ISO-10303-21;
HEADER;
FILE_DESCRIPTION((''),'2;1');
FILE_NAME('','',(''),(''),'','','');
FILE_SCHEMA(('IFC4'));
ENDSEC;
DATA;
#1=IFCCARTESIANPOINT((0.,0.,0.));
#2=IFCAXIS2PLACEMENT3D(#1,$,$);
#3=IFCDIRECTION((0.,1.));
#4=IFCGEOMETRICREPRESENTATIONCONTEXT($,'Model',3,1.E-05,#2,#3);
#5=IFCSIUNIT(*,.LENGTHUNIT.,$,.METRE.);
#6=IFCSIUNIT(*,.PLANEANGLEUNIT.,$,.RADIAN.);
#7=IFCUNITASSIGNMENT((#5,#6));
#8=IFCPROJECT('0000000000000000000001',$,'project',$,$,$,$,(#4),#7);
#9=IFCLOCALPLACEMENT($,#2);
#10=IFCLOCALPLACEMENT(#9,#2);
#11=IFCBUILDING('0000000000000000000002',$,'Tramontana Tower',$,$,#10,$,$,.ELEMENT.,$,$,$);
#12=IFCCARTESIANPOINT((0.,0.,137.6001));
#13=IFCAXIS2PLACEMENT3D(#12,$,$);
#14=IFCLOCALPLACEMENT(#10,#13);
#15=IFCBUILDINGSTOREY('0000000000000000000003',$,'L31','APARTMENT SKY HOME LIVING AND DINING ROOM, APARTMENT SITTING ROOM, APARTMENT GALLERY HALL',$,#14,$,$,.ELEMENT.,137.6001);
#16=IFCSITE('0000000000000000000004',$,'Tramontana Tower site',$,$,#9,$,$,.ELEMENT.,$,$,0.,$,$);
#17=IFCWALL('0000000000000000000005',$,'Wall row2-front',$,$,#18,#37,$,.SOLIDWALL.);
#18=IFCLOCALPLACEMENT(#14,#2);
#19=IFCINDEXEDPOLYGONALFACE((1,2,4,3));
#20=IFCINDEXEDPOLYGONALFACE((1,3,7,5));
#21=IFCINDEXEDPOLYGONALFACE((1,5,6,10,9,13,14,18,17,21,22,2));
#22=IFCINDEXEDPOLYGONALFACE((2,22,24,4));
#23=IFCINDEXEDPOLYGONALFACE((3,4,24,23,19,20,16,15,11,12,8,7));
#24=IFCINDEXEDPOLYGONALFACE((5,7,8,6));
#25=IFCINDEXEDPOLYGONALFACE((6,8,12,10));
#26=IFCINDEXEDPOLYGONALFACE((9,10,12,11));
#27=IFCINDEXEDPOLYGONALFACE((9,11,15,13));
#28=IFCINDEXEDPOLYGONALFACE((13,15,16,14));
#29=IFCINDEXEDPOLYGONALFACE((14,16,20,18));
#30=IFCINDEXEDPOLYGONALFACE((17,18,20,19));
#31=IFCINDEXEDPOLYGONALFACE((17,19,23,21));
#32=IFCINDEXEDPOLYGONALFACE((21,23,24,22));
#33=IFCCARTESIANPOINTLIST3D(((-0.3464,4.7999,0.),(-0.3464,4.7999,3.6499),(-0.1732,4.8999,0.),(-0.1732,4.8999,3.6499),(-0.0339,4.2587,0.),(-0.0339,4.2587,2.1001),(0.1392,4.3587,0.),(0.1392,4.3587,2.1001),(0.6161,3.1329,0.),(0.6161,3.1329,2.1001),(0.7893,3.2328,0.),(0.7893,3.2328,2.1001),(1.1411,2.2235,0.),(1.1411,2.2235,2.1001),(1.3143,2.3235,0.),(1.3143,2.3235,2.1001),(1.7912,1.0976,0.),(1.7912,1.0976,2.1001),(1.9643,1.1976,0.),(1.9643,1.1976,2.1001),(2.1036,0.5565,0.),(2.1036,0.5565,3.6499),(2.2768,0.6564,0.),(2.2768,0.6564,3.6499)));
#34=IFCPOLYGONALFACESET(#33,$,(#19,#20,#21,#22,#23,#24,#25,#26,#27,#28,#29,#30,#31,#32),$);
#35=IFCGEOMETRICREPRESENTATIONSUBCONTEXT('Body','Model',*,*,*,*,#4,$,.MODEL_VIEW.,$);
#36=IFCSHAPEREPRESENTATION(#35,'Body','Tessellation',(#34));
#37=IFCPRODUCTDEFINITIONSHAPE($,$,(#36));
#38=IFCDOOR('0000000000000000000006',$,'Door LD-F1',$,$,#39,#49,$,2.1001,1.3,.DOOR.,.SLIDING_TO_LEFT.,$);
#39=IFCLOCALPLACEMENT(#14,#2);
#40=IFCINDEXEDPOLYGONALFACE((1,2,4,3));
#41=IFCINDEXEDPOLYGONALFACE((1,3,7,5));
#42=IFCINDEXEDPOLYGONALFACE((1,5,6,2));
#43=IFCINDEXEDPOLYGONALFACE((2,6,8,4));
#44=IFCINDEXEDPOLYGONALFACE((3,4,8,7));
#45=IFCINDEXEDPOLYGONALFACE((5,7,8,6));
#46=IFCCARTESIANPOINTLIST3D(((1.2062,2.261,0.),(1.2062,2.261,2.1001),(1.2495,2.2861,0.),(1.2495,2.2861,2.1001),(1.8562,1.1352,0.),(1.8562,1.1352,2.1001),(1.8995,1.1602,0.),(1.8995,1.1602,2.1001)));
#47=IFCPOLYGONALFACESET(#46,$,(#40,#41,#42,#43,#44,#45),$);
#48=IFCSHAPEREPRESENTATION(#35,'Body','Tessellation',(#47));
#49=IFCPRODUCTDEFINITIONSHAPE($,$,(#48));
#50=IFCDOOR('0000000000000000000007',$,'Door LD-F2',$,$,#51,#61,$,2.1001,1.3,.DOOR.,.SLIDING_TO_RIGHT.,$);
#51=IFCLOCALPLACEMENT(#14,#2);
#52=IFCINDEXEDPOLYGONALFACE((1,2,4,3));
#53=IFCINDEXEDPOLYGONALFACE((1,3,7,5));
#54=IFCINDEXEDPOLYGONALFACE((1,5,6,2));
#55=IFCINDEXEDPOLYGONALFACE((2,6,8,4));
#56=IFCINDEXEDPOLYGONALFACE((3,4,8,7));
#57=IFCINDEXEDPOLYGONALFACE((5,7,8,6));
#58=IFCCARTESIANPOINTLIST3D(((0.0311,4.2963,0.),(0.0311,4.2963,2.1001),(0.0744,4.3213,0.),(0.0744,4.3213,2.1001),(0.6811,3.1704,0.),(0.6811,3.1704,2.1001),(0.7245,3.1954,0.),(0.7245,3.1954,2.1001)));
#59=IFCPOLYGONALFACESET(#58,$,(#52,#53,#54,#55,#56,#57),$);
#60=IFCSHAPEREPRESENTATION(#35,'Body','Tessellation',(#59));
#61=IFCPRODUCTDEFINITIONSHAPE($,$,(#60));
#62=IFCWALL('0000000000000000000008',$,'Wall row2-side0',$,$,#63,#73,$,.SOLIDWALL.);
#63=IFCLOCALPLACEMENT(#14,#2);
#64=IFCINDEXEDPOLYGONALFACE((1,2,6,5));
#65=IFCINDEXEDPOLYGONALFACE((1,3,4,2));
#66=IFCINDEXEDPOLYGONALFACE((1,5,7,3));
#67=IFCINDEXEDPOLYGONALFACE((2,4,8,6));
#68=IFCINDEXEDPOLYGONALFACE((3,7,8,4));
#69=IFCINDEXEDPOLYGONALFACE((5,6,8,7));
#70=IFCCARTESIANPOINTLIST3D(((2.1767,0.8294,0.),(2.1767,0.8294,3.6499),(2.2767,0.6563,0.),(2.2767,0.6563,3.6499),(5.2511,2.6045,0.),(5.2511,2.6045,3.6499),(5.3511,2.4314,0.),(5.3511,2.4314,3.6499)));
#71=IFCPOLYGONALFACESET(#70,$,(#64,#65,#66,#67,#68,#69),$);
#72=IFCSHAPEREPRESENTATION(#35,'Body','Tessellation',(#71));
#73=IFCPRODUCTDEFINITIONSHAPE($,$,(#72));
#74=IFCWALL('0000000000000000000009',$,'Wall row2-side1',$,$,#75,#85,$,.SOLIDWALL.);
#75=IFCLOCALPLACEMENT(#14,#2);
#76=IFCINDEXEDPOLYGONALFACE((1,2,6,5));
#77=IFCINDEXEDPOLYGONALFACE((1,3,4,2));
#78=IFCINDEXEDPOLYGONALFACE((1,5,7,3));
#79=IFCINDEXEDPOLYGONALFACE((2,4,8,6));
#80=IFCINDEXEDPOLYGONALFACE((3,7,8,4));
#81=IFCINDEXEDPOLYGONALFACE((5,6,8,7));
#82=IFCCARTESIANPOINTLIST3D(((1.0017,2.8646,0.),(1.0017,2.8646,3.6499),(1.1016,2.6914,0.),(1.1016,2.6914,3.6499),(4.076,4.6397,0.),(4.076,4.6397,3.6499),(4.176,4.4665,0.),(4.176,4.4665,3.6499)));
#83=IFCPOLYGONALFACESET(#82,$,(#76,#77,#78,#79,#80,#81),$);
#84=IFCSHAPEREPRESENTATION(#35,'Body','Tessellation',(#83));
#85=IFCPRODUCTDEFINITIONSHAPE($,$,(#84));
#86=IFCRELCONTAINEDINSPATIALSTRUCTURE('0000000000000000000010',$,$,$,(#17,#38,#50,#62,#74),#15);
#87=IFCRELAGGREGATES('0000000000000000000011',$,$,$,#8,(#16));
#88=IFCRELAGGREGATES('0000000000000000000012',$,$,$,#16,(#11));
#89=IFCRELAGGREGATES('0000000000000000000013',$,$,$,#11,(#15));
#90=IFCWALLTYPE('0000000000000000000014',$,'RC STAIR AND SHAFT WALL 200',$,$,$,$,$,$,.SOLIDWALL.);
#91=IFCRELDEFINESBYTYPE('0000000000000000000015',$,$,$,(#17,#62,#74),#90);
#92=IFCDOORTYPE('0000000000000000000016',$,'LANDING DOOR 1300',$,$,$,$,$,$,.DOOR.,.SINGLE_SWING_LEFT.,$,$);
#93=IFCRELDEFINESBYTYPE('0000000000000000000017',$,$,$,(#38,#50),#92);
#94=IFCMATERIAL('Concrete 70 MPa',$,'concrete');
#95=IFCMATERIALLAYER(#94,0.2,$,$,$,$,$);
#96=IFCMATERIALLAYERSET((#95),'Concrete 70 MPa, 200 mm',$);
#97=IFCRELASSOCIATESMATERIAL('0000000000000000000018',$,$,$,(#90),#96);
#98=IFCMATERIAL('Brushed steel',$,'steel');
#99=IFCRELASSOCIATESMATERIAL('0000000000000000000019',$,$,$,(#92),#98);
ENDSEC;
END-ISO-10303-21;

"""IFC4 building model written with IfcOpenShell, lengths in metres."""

from ifc_helpers import new_model, si_unit, direction, frame, frame_2d, origin, place, context, subcontext, project, spatial, rectangle, extrude, material, layer, layer_set, type_object, element, fill, save


model = new_model("IFC4")

# Units and contexts
model_context = context("Model", 3, precision=1e-05, world=origin(), true_north=direction((0.0, 1.0)))
body_context = subcontext(model_context, "Body", "Model", "MODEL_VIEW")
ifc_project = project(units=[si_unit("LENGTHUNIT", "METRE"), si_unit("PLANEANGLEUNIT", "RADIAN")], contexts=[model_context])

# Site, building, storey
site_placement = place(None, origin())
site = spatial("IfcSite", under=ifc_project, at=site_placement, Name="Tramontana Tower site", CompositionType="ELEMENT", RefElevation=0.0)
building_placement = place(site_placement, origin())
building = spatial("IfcBuilding", under=site, at=building_placement, Name="Tramontana Tower", CompositionType="ELEMENT")
storey_placement = place(building_placement, frame((0.0, 0.0, 137.6001)))
storey = spatial("IfcBuildingStorey", under=building, at=storey_placement, Name="L31", Description="APARTMENT SKY HOME LIVING AND DINING ROOM, APARTMENT SITTING ROOM, APARTMENT GALLERY HALL", CompositionType="ELEMENT", Elevation=137.6001)

# Shared definitions
ifc_material_1 = material(Name="Concrete 70 MPa", Category="concrete")
ifc_layer_1 = layer(ifc_material_1, 0.2)
ifc_layer_set_1 = layer_set([ifc_layer_1], Name="Concrete 70 MPa, 200 mm")
wall_type_1 = type_object("IfcWallType", Name="RC STAIR AND SHAFT WALL 200", PredefinedType="SOLIDWALL", material=ifc_layer_set_1)

# Wall, openings, doors
wall_1_placement = place(storey_placement, frame((2.1902, 0.6064, 0.0), z_axis=(0.0, 0.0, 1.0), x_axis=(-0.500003, 0.866024, 0.0)))
wall_1 = element("IfcWall", 1, at=wall_1_placement, inside=storey, type_object=wall_type_1, Name="Wall row2-front", PredefinedType="SOLIDWALL", context=body_context, shape_type="SweptSolid", body=[
    extrude(rectangle(XDim=4.8999, YDim=0.2, at=frame_2d((2.45, 0.0))), origin(), (0.0, 0.0, 1.0), 3.6499),
])
opening_1_placement = place(wall_1_placement, frame((0.625, 0.0, 0.0)))
opening_1 = element("IfcOpeningElement", 2, at=opening_1_placement, cuts=wall_1, PredefinedType="OPENING", context=body_context, shape_type="SweptSolid", body=[
    extrude(rectangle(XDim=1.3, YDim=2.1001, at=frame_2d((0.6499, 1.05))), frame((0.0, 0.1099, 0.0), z_axis=(0.0, -1.0, 0.0), x_axis=(1.0, 0.0, 0.0)), (0.0, 0.0, 1.0), 0.22),
])
opening_2_placement = place(wall_1_placement, frame((2.9751, 0.0, 0.0)))
opening_2 = element("IfcOpeningElement", 3, at=opening_2_placement, cuts=wall_1, PredefinedType="OPENING", context=body_context, shape_type="SweptSolid", body=[
    extrude(rectangle(XDim=1.3, YDim=2.1001, at=frame_2d((0.6499, 1.05))), frame((0.0, 0.1099, 0.0), z_axis=(0.0, -1.0, 0.0), x_axis=(1.0, 0.0, 0.0)), (0.0, 0.0, 1.0), 0.22),
])
ifc_material_2 = material(Name="Brushed steel", Category="steel")
door_type_1 = type_object("IfcDoorType", Name="LANDING DOOR 1300", OperationType="SINGLE_SWING_LEFT", PredefinedType="DOOR", material=ifc_material_2)
door_1_placement = place(opening_1_placement, origin())
door_1 = element("IfcDoor", 4, at=door_1_placement, inside=storey, type_object=door_type_1, Name="Door LD-F1", OperationType="SLIDING_TO_LEFT", OverallHeight=2.1001, OverallWidth=1.3, PredefinedType="DOOR", context=body_context, shape_type="SweptSolid", body=[
    extrude(rectangle(XDim=1.3, YDim=2.1001, at=frame_2d((0.6499, 1.05))), frame((0.0, 0.0249, 0.0), z_axis=(0.0, -1.0, 0.0), x_axis=(1.0, 0.0, 0.0)), (0.0, 0.0, 1.0), 0.05),
])
fill(opening_1, door_1)
door_2_placement = place(opening_2_placement, origin())
door_2 = element("IfcDoor", 5, at=door_2_placement, inside=storey, type_object=door_type_1, Name="Door LD-F2", OperationType="SLIDING_TO_RIGHT", OverallHeight=2.1001, OverallWidth=1.3, PredefinedType="DOOR", context=body_context, shape_type="SweptSolid", body=[
    extrude(rectangle(XDim=1.3, YDim=2.1001, at=frame_2d((0.6499, 1.05))), frame((0.0, 0.0249, 0.0), z_axis=(0.0, -1.0, 0.0), x_axis=(1.0, 0.0, 0.0)), (0.0, 0.0, 1.0), 0.05),
])
fill(opening_2, door_2)

# Walls
for number, where, z_axis, x_axis, name in (
    (6, (2.2268, 0.7429, 0.0), (0.0, 0.0, 1.0), (0.866013, 0.500022, 0.0), "Wall row2-side0"),
    (7, (1.0518, 2.7781, 0.0), (0.0, 0.0, 1.0), (0.866013, 0.500022, 0.0), "Wall row2-side1"),
):
    element("IfcWall", number, at=place(storey_placement, frame(where, z_axis=z_axis, x_axis=x_axis)), inside=storey, type_object=wall_type_1, Name=name, PredefinedType="SOLIDWALL", context=body_context, shape_type="SweptSolid", body=[
        extrude(rectangle(XDim=3.55, YDim=0.2, at=frame_2d((1.7749, 0.0))), origin(), (0.0, 0.0, 1.0), 3.6499),
    ])

save(model, "model.ifc")
